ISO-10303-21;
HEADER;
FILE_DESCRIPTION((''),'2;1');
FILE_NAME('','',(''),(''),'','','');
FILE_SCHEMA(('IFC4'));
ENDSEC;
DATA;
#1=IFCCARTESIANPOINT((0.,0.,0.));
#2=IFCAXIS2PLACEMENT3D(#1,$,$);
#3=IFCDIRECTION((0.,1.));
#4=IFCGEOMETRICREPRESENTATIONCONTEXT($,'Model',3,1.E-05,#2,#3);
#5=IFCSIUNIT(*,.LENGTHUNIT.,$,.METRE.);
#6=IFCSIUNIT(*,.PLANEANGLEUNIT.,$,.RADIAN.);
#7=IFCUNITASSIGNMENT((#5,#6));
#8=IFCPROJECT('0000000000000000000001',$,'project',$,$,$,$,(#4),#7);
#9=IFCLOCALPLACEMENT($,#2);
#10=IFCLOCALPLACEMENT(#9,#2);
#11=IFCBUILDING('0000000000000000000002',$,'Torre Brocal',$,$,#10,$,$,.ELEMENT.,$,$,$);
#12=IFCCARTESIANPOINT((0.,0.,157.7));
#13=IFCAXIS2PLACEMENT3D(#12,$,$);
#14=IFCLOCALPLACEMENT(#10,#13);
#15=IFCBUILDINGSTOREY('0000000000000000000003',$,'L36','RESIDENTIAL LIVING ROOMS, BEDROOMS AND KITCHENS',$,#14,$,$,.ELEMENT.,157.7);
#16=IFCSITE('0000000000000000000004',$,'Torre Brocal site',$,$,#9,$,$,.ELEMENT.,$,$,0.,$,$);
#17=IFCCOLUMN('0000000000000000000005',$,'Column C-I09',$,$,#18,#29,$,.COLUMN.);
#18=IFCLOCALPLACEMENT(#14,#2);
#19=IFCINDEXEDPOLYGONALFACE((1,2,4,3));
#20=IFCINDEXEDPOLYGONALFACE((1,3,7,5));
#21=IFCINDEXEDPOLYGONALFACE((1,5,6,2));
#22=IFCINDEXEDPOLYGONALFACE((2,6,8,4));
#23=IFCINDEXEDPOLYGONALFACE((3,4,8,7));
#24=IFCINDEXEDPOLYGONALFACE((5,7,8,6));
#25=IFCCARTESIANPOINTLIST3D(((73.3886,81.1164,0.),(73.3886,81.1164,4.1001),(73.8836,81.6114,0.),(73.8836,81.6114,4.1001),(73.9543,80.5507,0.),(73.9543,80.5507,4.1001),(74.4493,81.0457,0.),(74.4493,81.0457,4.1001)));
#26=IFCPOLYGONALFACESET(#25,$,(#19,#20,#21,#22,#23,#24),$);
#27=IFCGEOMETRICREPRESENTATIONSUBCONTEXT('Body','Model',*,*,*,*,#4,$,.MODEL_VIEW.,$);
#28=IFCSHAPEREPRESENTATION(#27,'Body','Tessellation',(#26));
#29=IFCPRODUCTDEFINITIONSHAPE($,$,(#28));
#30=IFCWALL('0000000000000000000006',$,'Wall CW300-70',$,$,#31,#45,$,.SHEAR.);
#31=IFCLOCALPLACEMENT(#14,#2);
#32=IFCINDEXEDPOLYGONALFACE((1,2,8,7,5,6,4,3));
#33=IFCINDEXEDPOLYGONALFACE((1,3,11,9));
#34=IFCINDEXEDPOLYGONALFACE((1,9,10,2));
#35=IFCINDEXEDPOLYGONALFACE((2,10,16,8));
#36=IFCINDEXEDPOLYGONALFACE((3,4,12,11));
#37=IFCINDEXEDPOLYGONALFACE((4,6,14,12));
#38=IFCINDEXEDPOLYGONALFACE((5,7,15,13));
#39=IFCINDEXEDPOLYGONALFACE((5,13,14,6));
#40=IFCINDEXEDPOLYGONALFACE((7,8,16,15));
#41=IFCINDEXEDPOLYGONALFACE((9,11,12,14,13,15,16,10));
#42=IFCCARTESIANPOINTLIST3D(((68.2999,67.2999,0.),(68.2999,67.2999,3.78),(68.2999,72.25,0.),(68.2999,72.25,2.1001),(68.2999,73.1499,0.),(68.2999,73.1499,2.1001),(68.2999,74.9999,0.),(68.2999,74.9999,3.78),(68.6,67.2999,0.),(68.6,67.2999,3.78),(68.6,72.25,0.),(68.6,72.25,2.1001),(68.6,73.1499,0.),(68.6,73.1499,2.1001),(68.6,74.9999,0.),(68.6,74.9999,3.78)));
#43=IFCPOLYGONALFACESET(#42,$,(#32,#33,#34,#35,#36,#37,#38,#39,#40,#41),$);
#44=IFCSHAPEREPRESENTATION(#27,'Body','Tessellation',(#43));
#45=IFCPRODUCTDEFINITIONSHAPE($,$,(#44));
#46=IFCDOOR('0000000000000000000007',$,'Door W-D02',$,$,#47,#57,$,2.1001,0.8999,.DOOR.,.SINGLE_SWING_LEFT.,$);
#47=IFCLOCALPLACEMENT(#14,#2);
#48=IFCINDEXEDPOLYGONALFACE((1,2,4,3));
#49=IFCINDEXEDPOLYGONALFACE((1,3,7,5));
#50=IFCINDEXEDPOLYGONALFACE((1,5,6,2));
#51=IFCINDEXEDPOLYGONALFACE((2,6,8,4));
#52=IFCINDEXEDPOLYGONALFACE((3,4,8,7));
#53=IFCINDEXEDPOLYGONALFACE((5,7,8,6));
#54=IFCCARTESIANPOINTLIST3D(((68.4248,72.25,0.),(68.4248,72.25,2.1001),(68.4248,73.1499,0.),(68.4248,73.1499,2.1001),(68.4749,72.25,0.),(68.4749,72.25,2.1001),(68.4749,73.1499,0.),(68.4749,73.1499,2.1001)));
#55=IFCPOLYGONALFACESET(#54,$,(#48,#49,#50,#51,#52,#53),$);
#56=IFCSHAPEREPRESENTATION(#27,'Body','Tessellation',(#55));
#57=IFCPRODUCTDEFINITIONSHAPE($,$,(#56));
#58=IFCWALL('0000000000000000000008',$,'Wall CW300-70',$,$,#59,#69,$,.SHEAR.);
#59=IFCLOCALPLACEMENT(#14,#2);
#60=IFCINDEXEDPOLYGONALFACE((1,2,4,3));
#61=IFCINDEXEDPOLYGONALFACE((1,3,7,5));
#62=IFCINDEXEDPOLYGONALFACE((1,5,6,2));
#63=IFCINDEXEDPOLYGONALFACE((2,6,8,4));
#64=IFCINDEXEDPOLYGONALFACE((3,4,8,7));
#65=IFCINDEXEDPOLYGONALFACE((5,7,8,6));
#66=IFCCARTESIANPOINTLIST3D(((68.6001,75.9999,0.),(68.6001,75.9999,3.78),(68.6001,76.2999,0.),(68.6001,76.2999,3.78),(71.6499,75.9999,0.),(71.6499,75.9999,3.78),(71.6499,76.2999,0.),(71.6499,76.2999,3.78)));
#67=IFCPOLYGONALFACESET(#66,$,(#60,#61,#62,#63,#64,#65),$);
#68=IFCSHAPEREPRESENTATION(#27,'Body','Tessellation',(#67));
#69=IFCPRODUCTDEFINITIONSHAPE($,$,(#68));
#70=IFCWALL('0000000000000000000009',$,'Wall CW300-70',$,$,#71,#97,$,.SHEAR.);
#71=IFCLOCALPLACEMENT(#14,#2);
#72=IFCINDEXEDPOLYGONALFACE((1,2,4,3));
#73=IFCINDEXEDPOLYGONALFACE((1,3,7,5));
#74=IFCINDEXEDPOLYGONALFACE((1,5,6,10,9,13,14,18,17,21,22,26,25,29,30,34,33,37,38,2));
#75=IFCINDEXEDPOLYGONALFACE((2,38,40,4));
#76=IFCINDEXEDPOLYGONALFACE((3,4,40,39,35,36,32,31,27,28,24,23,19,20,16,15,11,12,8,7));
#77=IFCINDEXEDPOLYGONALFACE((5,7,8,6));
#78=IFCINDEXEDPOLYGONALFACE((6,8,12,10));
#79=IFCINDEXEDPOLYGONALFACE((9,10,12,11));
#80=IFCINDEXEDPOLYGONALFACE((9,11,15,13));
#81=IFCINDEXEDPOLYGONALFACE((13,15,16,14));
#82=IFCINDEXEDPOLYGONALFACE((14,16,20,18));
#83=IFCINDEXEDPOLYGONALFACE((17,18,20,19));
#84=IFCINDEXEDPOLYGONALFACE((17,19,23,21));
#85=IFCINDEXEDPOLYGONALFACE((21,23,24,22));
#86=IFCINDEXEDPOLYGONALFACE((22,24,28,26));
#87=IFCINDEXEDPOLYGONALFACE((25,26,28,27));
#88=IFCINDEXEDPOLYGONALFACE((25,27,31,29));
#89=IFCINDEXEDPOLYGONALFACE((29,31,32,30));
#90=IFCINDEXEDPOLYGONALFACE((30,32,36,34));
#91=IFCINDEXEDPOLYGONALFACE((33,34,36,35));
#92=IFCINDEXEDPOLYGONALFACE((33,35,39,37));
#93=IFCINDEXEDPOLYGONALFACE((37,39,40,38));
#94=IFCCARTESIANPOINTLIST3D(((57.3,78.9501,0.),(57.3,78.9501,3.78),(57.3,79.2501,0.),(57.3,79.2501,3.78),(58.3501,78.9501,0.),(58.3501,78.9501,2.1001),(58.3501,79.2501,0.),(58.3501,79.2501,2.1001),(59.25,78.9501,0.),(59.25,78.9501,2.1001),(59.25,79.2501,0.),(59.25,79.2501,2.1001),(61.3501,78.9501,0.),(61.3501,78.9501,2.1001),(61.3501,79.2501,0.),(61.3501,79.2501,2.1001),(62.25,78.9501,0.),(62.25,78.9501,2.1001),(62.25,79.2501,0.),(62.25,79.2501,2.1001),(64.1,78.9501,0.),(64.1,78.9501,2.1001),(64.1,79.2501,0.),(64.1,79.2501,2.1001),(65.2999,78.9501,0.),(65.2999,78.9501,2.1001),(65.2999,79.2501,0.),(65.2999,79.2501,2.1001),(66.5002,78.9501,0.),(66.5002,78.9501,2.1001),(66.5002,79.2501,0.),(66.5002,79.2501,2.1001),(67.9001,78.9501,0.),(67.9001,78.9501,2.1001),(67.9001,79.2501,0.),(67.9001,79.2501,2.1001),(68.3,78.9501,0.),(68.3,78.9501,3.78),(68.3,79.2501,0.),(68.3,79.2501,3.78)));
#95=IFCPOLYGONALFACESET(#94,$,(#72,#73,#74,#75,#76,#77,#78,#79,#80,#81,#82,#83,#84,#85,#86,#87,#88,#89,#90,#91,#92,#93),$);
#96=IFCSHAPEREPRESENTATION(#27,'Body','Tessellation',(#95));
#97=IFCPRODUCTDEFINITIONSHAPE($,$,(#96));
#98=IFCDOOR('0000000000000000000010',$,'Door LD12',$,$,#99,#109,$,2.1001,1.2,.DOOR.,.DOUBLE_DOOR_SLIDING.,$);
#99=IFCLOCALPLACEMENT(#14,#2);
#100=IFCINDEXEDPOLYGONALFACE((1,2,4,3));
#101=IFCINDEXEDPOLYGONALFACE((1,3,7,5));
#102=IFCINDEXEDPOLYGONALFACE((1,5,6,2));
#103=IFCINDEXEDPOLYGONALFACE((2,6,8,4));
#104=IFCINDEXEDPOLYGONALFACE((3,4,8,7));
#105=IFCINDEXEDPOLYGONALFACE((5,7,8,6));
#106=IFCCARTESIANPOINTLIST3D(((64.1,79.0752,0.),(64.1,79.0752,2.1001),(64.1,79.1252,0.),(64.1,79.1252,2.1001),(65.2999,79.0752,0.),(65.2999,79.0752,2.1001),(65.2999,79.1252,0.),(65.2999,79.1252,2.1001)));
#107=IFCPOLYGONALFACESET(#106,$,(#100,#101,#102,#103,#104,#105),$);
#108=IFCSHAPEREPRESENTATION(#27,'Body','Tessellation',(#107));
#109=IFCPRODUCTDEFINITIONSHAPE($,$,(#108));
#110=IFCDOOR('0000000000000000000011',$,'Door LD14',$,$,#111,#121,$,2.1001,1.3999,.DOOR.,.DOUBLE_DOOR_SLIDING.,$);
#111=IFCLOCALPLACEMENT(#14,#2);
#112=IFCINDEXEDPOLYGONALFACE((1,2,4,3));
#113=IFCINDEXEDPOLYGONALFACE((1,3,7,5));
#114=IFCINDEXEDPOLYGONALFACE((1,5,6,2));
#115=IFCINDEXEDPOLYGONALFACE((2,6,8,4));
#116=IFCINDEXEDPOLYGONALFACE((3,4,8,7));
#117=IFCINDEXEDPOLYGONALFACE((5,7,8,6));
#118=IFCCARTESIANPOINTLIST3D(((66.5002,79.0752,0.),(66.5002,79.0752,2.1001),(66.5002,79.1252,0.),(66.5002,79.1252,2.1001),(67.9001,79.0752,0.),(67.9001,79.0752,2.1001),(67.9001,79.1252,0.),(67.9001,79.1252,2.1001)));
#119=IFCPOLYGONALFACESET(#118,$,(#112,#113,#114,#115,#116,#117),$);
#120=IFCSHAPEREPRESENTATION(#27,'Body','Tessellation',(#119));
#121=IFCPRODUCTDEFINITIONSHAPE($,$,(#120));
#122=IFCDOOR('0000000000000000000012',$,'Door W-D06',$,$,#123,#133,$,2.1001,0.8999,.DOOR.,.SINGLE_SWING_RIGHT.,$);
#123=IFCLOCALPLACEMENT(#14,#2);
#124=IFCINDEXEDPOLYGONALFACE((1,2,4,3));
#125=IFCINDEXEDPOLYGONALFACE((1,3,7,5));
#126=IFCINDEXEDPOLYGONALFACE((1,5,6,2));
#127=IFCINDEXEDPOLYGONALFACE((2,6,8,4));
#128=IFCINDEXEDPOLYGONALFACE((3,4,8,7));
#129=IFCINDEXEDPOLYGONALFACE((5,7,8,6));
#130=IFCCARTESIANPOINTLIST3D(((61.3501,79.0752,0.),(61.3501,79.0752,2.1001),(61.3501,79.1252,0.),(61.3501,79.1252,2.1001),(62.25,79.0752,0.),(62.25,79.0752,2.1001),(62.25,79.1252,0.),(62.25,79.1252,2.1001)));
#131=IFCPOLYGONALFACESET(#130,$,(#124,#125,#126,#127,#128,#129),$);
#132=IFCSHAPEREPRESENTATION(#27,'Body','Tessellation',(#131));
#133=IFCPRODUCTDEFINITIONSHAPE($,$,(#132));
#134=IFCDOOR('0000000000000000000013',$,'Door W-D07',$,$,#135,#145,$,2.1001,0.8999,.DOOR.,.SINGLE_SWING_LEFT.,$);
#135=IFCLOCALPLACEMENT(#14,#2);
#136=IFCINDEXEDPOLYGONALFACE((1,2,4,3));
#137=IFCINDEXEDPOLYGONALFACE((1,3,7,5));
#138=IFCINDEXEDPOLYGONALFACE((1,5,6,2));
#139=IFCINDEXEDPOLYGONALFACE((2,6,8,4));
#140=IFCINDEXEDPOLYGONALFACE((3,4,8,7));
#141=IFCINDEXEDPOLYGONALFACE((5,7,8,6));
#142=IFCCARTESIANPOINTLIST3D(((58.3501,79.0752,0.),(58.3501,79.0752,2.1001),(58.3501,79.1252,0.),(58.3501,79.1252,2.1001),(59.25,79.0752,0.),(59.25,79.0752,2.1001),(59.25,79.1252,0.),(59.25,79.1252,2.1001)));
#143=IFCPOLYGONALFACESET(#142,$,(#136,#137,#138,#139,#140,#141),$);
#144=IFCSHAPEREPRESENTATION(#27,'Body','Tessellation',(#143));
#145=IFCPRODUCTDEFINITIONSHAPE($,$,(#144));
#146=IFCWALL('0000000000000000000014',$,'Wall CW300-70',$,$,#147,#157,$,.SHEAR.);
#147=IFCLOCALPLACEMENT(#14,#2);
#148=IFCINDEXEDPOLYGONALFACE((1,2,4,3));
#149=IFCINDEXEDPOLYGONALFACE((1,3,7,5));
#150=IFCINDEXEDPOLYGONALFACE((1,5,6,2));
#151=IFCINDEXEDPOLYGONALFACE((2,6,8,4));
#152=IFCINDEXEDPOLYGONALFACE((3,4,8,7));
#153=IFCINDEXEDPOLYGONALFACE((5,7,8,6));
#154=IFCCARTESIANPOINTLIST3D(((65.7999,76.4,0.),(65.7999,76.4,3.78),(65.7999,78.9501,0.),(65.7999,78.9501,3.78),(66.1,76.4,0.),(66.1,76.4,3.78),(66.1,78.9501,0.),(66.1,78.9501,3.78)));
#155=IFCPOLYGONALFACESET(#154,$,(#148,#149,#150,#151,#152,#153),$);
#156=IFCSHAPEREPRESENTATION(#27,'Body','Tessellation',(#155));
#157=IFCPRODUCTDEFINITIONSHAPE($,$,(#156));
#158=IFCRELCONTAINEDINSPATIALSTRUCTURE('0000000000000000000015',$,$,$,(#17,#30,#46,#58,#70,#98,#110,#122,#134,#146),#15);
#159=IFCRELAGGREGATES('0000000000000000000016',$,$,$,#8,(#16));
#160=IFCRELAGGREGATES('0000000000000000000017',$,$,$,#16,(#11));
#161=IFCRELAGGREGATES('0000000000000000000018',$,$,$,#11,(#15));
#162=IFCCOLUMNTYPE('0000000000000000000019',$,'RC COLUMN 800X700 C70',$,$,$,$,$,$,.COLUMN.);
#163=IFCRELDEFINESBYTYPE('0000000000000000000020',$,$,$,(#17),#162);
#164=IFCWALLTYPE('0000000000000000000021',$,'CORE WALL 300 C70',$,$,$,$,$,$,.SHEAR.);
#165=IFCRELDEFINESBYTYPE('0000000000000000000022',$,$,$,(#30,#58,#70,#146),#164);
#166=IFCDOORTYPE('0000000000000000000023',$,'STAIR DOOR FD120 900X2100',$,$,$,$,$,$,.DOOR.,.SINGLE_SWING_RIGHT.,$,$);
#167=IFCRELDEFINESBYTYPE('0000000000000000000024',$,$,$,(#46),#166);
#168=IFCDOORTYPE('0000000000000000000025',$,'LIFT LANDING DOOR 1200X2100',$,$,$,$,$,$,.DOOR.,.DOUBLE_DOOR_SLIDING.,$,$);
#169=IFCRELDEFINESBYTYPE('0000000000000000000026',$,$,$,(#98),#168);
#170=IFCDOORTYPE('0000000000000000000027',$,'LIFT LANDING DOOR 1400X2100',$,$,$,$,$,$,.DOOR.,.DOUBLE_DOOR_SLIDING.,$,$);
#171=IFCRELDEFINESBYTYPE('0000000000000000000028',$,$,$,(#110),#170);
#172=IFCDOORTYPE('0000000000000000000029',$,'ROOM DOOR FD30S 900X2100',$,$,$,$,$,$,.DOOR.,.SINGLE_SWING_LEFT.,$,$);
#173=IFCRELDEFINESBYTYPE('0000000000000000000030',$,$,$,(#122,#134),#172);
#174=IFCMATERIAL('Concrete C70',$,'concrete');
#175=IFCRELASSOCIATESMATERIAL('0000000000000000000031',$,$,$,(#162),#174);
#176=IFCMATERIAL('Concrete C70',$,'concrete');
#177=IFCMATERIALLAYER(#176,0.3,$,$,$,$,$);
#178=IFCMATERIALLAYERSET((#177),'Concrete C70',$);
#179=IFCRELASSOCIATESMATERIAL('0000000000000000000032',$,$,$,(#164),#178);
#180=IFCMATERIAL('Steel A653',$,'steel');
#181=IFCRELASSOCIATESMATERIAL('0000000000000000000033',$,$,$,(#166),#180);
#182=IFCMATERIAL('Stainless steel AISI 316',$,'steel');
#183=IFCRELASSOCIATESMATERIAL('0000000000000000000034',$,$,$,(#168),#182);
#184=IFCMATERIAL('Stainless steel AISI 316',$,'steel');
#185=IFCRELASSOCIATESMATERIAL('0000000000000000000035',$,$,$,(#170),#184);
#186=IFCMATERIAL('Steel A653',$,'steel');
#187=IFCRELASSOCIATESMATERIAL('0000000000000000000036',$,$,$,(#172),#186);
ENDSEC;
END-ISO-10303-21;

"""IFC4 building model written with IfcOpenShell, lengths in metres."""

from ifc_helpers import new_model, si_unit, direction, frame, frame_2d, origin, origin_2d, place, context, subcontext, project, spatial, rectangle, extrude, material, layer, layer_set, material_profile, profile_set, type_object, element, fill, save


model = new_model("IFC4")

# Units and contexts
model_context = context("Model", 3, precision=1e-05, world=origin(), true_north=direction((0.0, 1.0)))
body_context = subcontext(model_context, "Body", "Model", "MODEL_VIEW")
ifc_project = project(units=[si_unit("LENGTHUNIT", "METRE"), si_unit("PLANEANGLEUNIT", "RADIAN")], contexts=[model_context])

# Site, building, storey
site_placement = place(None, origin())
site = spatial("IfcSite", under=ifc_project, at=site_placement, Name="Torre Brocal site", CompositionType="ELEMENT", RefElevation=0.0)
building_placement = place(site_placement, origin())
building = spatial("IfcBuilding", under=site, at=building_placement, Name="Torre Brocal", CompositionType="ELEMENT")
storey_placement = place(building_placement, frame((0.0, 0.0, 157.7)))
storey = spatial("IfcBuildingStorey", under=building, at=storey_placement, Name="L36", Description="RESIDENTIAL LIVING ROOMS, BEDROOMS AND KITCHENS", CompositionType="ELEMENT", Elevation=157.7)

# Column
ifc_material_1 = material(Name="Concrete C70", Category="concrete")
ifc_material_profile = material_profile(ifc_material_1, rectangle(XDim=0.8, YDim=0.7, at=origin_2d()), Name="RC 800X700")
ifc_profile_set = profile_set([ifc_material_profile], Name="Concrete C70")
column_type = type_object("IfcColumnType", Name="RC COLUMN 800X700 C70", PredefinedType="COLUMN", material=ifc_profile_set)
column_placement = place(storey_placement, frame((73.9189, 81.0811, 0.0), z_axis=(0.0, 0.0, 1.0), x_axis=(-0.707107, 0.707107, 0.0)))
element("IfcColumn", 1, at=column_placement, inside=storey, type_object=column_type, Name="Column C-I09", PredefinedType="COLUMN", context=body_context, shape_type="SweptSolid", body=[
    extrude(rectangle(XDim=0.8, YDim=0.7, at=origin_2d()), origin(), (0.0, 0.0, 1.0), 4.1001),
])

# Wall, opening, door
ifc_material_2 = material(Name="Concrete C70", Category="concrete")
ifc_layer_1 = layer(ifc_material_2, 0.3)
ifc_layer_set_1 = layer_set([ifc_layer_1], Name="Concrete C70")
wall_type_1 = type_object("IfcWallType", Name="CORE WALL 300 C70", PredefinedType="SHEAR", material=ifc_layer_set_1)
wall_1_placement = place(storey_placement, frame((68.45, 75.0, 0.0), z_axis=(0.0, 0.0, 1.0), x_axis=(0.0, -1.0, 0.0)))
wall_1 = element("IfcWall", 2, at=wall_1_placement, inside=storey, type_object=wall_type_1, Name="Wall CW300-70", PredefinedType="SHEAR", context=body_context, shape_type="SweptSolid", body=[
    extrude(rectangle(XDim=7.7, YDim=0.3, at=frame_2d((3.8501, 0.0))), origin(), (0.0, 0.0, 1.0), 3.78),
])
opening_1_placement = place(wall_1_placement, frame((1.8501, 0.0, 0.0)))
opening_1 = element("IfcOpeningElement", 3, at=opening_1_placement, cuts=wall_1, PredefinedType="OPENING", context=body_context, shape_type="SweptSolid", body=[
    extrude(rectangle(XDim=0.8999, YDim=2.1001, at=frame_2d((0.45, 1.05))), frame((0.0, 0.1599, 0.0), z_axis=(0.0, -1.0, 0.0), x_axis=(1.0, 0.0, 0.0)), (0.0, 0.0, 1.0), 0.3201),
])
ifc_material_3 = material(Name="Steel A653", Category="steel")
door_type_1 = type_object("IfcDoorType", Name="STAIR DOOR FD120 900X2100", OperationType="SINGLE_SWING_RIGHT", PredefinedType="DOOR", material=ifc_material_3)
door_1_placement = place(opening_1_placement, origin())
door_1 = element("IfcDoor", 4, at=door_1_placement, inside=storey, type_object=door_type_1, Name="Door W-D02", OperationType="SINGLE_SWING_LEFT", OverallHeight=2.1001, OverallWidth=0.8999, PredefinedType="DOOR", context=body_context, shape_type="SweptSolid", body=[
    extrude(rectangle(XDim=0.8999, YDim=2.1001, at=frame_2d((0.45, 1.05))), frame((0.0, 0.0249, 0.0), z_axis=(0.0, -1.0, 0.0), x_axis=(1.0, 0.0, 0.0)), (0.0, 0.0, 1.0), 0.05),
])
fill(opening_1, door_1)

# Wall
wall_2_placement = place(storey_placement, frame((71.6499, 76.1499, 0.0), z_axis=(0.0, 0.0, 1.0), x_axis=(-1.0, 0.0, 0.0)))
element("IfcWall", 5, at=wall_2_placement, inside=storey, type_object=wall_type_1, Name="Wall CW300-70", PredefinedType="SHEAR", context=body_context, shape_type="SweptSolid", body=[
    extrude(rectangle(XDim=3.0498, YDim=0.3, at=frame_2d((1.5249, 0.0))), origin(), (0.0, 0.0, 1.0), 3.78),
])

# Wall, openings, doors
wall_3_placement = place(storey_placement, frame((68.3, 79.1001, 0.0), z_axis=(0.0, 0.0, 1.0), x_axis=(-1.0, 0.0, 0.0)))
wall_3 = element("IfcWall", 6, at=wall_3_placement, inside=storey, type_object=wall_type_1, Name="Wall CW300-70", PredefinedType="SHEAR", context=body_context, shape_type="SweptSolid", body=[
    extrude(rectangle(XDim=11.0, YDim=0.3, at=frame_2d((5.5, 0.0))), origin(), (0.0, 0.0, 1.0), 3.78),
])
opening_2_placement = place(wall_3_placement, frame((0.3999, 0.0, 0.0)))
opening_2 = element("IfcOpeningElement", 7, at=opening_2_placement, cuts=wall_3, PredefinedType="OPENING", context=body_context, shape_type="SweptSolid", body=[
    extrude(rectangle(XDim=1.3999, YDim=2.1001, at=frame_2d((0.7, 1.05))), frame((0.0, 0.1599, 0.0), z_axis=(0.0, -1.0, 0.0), x_axis=(1.0, 0.0, 0.0)), (0.0, 0.0, 1.0), 0.3201),
])
opening_3_placement = place(wall_3_placement, frame((3.0, 0.0, 0.0)))
opening_3 = element("IfcOpeningElement", 8, at=opening_3_placement, cuts=wall_3, PredefinedType="OPENING", context=body_context, shape_type="SweptSolid", body=[
    extrude(rectangle(XDim=1.2, YDim=2.1001, at=frame_2d((0.6001, 1.05))), frame((0.0, 0.1599, 0.0), z_axis=(0.0, -1.0, 0.0), x_axis=(1.0, 0.0, 0.0)), (0.0, 0.0, 1.0), 0.3201),
])
opening_4_placement = place(wall_3_placement, frame((6.05, 0.0, 0.0)))
opening_4 = element("IfcOpeningElement", 9, at=opening_4_placement, cuts=wall_3, PredefinedType="OPENING", context=body_context, shape_type="SweptSolid", body=[
    extrude(rectangle(XDim=0.8999, YDim=2.1001, at=frame_2d((0.45, 1.05))), frame((0.0, 0.1599, 0.0), z_axis=(0.0, -1.0, 0.0), x_axis=(1.0, 0.0, 0.0)), (0.0, 0.0, 1.0), 0.3201),
])
opening_5_placement = place(wall_3_placement, frame((9.05, 0.0, 0.0)))
opening_5 = element("IfcOpeningElement", 10, at=opening_5_placement, cuts=wall_3, PredefinedType="OPENING", context=body_context, shape_type="SweptSolid", body=[
    extrude(rectangle(XDim=0.8999, YDim=2.1001, at=frame_2d((0.45, 1.05))), frame((0.0, 0.1599, 0.0), z_axis=(0.0, -1.0, 0.0), x_axis=(1.0, 0.0, 0.0)), (0.0, 0.0, 1.0), 0.3201),
])
ifc_material_4 = material(Name="Stainless steel AISI 316", Category="steel")
door_type_2 = type_object("IfcDoorType", Name="LIFT LANDING DOOR 1200X2100", OperationType="DOUBLE_DOOR_SLIDING", PredefinedType="DOOR", material=ifc_material_4)
door_2_placement = place(opening_3_placement, origin())
door_2 = element("IfcDoor", 11, at=door_2_placement, inside=storey, type_object=door_type_2, Name="Door LD12", OperationType="DOUBLE_DOOR_SLIDING", OverallHeight=2.1001, OverallWidth=1.2, PredefinedType="DOOR", context=body_context, shape_type="SweptSolid", body=[
    extrude(rectangle(XDim=1.2, YDim=2.1001, at=frame_2d((0.6001, 1.05))), frame((0.0, 0.0249, 0.0), z_axis=(0.0, -1.0, 0.0), x_axis=(1.0, 0.0, 0.0)), (0.0, 0.0, 1.0), 0.05),
])
fill(opening_3, door_2)
ifc_material_5 = material(Name="Stainless steel AISI 316", Category="steel")
door_type_3 = type_object("IfcDoorType", Name="LIFT LANDING DOOR 1400X2100", OperationType="DOUBLE_DOOR_SLIDING", PredefinedType="DOOR", material=ifc_material_5)
door_3_placement = place(opening_2_placement, origin())
door_3 = element("IfcDoor", 12, at=door_3_placement, inside=storey, type_object=door_type_3, Name="Door LD14", OperationType="DOUBLE_DOOR_SLIDING", OverallHeight=2.1001, OverallWidth=1.3999, PredefinedType="DOOR", context=body_context, shape_type="SweptSolid", body=[
    extrude(rectangle(XDim=1.3999, YDim=2.1001, at=frame_2d((0.7, 1.05))), frame((0.0, 0.0249, 0.0), z_axis=(0.0, -1.0, 0.0), x_axis=(1.0, 0.0, 0.0)), (0.0, 0.0, 1.0), 0.05),
])
fill(opening_2, door_3)
ifc_material_6 = material(Name="Steel A653", Category="steel")
door_type_4 = type_object("IfcDoorType", Name="ROOM DOOR FD30S 900X2100", OperationType="SINGLE_SWING_LEFT", PredefinedType="DOOR", material=ifc_material_6)
door_4_placement = place(opening_4_placement, origin())
door_4 = element("IfcDoor", 13, at=door_4_placement, inside=storey, type_object=door_type_4, Name="Door W-D06", OperationType="SINGLE_SWING_RIGHT", OverallHeight=2.1001, OverallWidth=0.8999, PredefinedType="DOOR", context=body_context, shape_type="SweptSolid", body=[
    extrude(rectangle(XDim=0.8999, YDim=2.1001, at=frame_2d((0.45, 1.05))), frame((0.0, 0.0249, 0.0), z_axis=(0.0, -1.0, 0.0), x_axis=(1.0, 0.0, 0.0)), (0.0, 0.0, 1.0), 0.05),
])
fill(opening_4, door_4)
door_5_placement = place(opening_5_placement, origin())
door_5 = element("IfcDoor", 14, at=door_5_placement, inside=storey, type_object=door_type_4, Name="Door W-D07", OperationType="SINGLE_SWING_LEFT", OverallHeight=2.1001, OverallWidth=0.8999, PredefinedType="DOOR", context=body_context, shape_type="SweptSolid", body=[
    extrude(rectangle(XDim=0.8999, YDim=2.1001, at=frame_2d((0.45, 1.05))), frame((0.0, 0.0249, 0.0), z_axis=(0.0, -1.0, 0.0), x_axis=(1.0, 0.0, 0.0)), (0.0, 0.0, 1.0), 0.05),
])
fill(opening_5, door_5)

# Wall
wall_4_placement = place(storey_placement, frame((65.95, 78.95, 0.0), z_axis=(0.0, 0.0, 1.0), x_axis=(0.0, -1.0, 0.0)))
element("IfcWall", 15, at=wall_4_placement, inside=storey, type_object=wall_type_1, Name="Wall CW300-70", PredefinedType="SHEAR", context=body_context, shape_type="SweptSolid", body=[
    extrude(rectangle(XDim=2.55, YDim=0.3, at=frame_2d((1.2749, 0.0))), origin(), (0.0, 0.0, 1.0), 3.78),
])

save(model, "model.ifc")
